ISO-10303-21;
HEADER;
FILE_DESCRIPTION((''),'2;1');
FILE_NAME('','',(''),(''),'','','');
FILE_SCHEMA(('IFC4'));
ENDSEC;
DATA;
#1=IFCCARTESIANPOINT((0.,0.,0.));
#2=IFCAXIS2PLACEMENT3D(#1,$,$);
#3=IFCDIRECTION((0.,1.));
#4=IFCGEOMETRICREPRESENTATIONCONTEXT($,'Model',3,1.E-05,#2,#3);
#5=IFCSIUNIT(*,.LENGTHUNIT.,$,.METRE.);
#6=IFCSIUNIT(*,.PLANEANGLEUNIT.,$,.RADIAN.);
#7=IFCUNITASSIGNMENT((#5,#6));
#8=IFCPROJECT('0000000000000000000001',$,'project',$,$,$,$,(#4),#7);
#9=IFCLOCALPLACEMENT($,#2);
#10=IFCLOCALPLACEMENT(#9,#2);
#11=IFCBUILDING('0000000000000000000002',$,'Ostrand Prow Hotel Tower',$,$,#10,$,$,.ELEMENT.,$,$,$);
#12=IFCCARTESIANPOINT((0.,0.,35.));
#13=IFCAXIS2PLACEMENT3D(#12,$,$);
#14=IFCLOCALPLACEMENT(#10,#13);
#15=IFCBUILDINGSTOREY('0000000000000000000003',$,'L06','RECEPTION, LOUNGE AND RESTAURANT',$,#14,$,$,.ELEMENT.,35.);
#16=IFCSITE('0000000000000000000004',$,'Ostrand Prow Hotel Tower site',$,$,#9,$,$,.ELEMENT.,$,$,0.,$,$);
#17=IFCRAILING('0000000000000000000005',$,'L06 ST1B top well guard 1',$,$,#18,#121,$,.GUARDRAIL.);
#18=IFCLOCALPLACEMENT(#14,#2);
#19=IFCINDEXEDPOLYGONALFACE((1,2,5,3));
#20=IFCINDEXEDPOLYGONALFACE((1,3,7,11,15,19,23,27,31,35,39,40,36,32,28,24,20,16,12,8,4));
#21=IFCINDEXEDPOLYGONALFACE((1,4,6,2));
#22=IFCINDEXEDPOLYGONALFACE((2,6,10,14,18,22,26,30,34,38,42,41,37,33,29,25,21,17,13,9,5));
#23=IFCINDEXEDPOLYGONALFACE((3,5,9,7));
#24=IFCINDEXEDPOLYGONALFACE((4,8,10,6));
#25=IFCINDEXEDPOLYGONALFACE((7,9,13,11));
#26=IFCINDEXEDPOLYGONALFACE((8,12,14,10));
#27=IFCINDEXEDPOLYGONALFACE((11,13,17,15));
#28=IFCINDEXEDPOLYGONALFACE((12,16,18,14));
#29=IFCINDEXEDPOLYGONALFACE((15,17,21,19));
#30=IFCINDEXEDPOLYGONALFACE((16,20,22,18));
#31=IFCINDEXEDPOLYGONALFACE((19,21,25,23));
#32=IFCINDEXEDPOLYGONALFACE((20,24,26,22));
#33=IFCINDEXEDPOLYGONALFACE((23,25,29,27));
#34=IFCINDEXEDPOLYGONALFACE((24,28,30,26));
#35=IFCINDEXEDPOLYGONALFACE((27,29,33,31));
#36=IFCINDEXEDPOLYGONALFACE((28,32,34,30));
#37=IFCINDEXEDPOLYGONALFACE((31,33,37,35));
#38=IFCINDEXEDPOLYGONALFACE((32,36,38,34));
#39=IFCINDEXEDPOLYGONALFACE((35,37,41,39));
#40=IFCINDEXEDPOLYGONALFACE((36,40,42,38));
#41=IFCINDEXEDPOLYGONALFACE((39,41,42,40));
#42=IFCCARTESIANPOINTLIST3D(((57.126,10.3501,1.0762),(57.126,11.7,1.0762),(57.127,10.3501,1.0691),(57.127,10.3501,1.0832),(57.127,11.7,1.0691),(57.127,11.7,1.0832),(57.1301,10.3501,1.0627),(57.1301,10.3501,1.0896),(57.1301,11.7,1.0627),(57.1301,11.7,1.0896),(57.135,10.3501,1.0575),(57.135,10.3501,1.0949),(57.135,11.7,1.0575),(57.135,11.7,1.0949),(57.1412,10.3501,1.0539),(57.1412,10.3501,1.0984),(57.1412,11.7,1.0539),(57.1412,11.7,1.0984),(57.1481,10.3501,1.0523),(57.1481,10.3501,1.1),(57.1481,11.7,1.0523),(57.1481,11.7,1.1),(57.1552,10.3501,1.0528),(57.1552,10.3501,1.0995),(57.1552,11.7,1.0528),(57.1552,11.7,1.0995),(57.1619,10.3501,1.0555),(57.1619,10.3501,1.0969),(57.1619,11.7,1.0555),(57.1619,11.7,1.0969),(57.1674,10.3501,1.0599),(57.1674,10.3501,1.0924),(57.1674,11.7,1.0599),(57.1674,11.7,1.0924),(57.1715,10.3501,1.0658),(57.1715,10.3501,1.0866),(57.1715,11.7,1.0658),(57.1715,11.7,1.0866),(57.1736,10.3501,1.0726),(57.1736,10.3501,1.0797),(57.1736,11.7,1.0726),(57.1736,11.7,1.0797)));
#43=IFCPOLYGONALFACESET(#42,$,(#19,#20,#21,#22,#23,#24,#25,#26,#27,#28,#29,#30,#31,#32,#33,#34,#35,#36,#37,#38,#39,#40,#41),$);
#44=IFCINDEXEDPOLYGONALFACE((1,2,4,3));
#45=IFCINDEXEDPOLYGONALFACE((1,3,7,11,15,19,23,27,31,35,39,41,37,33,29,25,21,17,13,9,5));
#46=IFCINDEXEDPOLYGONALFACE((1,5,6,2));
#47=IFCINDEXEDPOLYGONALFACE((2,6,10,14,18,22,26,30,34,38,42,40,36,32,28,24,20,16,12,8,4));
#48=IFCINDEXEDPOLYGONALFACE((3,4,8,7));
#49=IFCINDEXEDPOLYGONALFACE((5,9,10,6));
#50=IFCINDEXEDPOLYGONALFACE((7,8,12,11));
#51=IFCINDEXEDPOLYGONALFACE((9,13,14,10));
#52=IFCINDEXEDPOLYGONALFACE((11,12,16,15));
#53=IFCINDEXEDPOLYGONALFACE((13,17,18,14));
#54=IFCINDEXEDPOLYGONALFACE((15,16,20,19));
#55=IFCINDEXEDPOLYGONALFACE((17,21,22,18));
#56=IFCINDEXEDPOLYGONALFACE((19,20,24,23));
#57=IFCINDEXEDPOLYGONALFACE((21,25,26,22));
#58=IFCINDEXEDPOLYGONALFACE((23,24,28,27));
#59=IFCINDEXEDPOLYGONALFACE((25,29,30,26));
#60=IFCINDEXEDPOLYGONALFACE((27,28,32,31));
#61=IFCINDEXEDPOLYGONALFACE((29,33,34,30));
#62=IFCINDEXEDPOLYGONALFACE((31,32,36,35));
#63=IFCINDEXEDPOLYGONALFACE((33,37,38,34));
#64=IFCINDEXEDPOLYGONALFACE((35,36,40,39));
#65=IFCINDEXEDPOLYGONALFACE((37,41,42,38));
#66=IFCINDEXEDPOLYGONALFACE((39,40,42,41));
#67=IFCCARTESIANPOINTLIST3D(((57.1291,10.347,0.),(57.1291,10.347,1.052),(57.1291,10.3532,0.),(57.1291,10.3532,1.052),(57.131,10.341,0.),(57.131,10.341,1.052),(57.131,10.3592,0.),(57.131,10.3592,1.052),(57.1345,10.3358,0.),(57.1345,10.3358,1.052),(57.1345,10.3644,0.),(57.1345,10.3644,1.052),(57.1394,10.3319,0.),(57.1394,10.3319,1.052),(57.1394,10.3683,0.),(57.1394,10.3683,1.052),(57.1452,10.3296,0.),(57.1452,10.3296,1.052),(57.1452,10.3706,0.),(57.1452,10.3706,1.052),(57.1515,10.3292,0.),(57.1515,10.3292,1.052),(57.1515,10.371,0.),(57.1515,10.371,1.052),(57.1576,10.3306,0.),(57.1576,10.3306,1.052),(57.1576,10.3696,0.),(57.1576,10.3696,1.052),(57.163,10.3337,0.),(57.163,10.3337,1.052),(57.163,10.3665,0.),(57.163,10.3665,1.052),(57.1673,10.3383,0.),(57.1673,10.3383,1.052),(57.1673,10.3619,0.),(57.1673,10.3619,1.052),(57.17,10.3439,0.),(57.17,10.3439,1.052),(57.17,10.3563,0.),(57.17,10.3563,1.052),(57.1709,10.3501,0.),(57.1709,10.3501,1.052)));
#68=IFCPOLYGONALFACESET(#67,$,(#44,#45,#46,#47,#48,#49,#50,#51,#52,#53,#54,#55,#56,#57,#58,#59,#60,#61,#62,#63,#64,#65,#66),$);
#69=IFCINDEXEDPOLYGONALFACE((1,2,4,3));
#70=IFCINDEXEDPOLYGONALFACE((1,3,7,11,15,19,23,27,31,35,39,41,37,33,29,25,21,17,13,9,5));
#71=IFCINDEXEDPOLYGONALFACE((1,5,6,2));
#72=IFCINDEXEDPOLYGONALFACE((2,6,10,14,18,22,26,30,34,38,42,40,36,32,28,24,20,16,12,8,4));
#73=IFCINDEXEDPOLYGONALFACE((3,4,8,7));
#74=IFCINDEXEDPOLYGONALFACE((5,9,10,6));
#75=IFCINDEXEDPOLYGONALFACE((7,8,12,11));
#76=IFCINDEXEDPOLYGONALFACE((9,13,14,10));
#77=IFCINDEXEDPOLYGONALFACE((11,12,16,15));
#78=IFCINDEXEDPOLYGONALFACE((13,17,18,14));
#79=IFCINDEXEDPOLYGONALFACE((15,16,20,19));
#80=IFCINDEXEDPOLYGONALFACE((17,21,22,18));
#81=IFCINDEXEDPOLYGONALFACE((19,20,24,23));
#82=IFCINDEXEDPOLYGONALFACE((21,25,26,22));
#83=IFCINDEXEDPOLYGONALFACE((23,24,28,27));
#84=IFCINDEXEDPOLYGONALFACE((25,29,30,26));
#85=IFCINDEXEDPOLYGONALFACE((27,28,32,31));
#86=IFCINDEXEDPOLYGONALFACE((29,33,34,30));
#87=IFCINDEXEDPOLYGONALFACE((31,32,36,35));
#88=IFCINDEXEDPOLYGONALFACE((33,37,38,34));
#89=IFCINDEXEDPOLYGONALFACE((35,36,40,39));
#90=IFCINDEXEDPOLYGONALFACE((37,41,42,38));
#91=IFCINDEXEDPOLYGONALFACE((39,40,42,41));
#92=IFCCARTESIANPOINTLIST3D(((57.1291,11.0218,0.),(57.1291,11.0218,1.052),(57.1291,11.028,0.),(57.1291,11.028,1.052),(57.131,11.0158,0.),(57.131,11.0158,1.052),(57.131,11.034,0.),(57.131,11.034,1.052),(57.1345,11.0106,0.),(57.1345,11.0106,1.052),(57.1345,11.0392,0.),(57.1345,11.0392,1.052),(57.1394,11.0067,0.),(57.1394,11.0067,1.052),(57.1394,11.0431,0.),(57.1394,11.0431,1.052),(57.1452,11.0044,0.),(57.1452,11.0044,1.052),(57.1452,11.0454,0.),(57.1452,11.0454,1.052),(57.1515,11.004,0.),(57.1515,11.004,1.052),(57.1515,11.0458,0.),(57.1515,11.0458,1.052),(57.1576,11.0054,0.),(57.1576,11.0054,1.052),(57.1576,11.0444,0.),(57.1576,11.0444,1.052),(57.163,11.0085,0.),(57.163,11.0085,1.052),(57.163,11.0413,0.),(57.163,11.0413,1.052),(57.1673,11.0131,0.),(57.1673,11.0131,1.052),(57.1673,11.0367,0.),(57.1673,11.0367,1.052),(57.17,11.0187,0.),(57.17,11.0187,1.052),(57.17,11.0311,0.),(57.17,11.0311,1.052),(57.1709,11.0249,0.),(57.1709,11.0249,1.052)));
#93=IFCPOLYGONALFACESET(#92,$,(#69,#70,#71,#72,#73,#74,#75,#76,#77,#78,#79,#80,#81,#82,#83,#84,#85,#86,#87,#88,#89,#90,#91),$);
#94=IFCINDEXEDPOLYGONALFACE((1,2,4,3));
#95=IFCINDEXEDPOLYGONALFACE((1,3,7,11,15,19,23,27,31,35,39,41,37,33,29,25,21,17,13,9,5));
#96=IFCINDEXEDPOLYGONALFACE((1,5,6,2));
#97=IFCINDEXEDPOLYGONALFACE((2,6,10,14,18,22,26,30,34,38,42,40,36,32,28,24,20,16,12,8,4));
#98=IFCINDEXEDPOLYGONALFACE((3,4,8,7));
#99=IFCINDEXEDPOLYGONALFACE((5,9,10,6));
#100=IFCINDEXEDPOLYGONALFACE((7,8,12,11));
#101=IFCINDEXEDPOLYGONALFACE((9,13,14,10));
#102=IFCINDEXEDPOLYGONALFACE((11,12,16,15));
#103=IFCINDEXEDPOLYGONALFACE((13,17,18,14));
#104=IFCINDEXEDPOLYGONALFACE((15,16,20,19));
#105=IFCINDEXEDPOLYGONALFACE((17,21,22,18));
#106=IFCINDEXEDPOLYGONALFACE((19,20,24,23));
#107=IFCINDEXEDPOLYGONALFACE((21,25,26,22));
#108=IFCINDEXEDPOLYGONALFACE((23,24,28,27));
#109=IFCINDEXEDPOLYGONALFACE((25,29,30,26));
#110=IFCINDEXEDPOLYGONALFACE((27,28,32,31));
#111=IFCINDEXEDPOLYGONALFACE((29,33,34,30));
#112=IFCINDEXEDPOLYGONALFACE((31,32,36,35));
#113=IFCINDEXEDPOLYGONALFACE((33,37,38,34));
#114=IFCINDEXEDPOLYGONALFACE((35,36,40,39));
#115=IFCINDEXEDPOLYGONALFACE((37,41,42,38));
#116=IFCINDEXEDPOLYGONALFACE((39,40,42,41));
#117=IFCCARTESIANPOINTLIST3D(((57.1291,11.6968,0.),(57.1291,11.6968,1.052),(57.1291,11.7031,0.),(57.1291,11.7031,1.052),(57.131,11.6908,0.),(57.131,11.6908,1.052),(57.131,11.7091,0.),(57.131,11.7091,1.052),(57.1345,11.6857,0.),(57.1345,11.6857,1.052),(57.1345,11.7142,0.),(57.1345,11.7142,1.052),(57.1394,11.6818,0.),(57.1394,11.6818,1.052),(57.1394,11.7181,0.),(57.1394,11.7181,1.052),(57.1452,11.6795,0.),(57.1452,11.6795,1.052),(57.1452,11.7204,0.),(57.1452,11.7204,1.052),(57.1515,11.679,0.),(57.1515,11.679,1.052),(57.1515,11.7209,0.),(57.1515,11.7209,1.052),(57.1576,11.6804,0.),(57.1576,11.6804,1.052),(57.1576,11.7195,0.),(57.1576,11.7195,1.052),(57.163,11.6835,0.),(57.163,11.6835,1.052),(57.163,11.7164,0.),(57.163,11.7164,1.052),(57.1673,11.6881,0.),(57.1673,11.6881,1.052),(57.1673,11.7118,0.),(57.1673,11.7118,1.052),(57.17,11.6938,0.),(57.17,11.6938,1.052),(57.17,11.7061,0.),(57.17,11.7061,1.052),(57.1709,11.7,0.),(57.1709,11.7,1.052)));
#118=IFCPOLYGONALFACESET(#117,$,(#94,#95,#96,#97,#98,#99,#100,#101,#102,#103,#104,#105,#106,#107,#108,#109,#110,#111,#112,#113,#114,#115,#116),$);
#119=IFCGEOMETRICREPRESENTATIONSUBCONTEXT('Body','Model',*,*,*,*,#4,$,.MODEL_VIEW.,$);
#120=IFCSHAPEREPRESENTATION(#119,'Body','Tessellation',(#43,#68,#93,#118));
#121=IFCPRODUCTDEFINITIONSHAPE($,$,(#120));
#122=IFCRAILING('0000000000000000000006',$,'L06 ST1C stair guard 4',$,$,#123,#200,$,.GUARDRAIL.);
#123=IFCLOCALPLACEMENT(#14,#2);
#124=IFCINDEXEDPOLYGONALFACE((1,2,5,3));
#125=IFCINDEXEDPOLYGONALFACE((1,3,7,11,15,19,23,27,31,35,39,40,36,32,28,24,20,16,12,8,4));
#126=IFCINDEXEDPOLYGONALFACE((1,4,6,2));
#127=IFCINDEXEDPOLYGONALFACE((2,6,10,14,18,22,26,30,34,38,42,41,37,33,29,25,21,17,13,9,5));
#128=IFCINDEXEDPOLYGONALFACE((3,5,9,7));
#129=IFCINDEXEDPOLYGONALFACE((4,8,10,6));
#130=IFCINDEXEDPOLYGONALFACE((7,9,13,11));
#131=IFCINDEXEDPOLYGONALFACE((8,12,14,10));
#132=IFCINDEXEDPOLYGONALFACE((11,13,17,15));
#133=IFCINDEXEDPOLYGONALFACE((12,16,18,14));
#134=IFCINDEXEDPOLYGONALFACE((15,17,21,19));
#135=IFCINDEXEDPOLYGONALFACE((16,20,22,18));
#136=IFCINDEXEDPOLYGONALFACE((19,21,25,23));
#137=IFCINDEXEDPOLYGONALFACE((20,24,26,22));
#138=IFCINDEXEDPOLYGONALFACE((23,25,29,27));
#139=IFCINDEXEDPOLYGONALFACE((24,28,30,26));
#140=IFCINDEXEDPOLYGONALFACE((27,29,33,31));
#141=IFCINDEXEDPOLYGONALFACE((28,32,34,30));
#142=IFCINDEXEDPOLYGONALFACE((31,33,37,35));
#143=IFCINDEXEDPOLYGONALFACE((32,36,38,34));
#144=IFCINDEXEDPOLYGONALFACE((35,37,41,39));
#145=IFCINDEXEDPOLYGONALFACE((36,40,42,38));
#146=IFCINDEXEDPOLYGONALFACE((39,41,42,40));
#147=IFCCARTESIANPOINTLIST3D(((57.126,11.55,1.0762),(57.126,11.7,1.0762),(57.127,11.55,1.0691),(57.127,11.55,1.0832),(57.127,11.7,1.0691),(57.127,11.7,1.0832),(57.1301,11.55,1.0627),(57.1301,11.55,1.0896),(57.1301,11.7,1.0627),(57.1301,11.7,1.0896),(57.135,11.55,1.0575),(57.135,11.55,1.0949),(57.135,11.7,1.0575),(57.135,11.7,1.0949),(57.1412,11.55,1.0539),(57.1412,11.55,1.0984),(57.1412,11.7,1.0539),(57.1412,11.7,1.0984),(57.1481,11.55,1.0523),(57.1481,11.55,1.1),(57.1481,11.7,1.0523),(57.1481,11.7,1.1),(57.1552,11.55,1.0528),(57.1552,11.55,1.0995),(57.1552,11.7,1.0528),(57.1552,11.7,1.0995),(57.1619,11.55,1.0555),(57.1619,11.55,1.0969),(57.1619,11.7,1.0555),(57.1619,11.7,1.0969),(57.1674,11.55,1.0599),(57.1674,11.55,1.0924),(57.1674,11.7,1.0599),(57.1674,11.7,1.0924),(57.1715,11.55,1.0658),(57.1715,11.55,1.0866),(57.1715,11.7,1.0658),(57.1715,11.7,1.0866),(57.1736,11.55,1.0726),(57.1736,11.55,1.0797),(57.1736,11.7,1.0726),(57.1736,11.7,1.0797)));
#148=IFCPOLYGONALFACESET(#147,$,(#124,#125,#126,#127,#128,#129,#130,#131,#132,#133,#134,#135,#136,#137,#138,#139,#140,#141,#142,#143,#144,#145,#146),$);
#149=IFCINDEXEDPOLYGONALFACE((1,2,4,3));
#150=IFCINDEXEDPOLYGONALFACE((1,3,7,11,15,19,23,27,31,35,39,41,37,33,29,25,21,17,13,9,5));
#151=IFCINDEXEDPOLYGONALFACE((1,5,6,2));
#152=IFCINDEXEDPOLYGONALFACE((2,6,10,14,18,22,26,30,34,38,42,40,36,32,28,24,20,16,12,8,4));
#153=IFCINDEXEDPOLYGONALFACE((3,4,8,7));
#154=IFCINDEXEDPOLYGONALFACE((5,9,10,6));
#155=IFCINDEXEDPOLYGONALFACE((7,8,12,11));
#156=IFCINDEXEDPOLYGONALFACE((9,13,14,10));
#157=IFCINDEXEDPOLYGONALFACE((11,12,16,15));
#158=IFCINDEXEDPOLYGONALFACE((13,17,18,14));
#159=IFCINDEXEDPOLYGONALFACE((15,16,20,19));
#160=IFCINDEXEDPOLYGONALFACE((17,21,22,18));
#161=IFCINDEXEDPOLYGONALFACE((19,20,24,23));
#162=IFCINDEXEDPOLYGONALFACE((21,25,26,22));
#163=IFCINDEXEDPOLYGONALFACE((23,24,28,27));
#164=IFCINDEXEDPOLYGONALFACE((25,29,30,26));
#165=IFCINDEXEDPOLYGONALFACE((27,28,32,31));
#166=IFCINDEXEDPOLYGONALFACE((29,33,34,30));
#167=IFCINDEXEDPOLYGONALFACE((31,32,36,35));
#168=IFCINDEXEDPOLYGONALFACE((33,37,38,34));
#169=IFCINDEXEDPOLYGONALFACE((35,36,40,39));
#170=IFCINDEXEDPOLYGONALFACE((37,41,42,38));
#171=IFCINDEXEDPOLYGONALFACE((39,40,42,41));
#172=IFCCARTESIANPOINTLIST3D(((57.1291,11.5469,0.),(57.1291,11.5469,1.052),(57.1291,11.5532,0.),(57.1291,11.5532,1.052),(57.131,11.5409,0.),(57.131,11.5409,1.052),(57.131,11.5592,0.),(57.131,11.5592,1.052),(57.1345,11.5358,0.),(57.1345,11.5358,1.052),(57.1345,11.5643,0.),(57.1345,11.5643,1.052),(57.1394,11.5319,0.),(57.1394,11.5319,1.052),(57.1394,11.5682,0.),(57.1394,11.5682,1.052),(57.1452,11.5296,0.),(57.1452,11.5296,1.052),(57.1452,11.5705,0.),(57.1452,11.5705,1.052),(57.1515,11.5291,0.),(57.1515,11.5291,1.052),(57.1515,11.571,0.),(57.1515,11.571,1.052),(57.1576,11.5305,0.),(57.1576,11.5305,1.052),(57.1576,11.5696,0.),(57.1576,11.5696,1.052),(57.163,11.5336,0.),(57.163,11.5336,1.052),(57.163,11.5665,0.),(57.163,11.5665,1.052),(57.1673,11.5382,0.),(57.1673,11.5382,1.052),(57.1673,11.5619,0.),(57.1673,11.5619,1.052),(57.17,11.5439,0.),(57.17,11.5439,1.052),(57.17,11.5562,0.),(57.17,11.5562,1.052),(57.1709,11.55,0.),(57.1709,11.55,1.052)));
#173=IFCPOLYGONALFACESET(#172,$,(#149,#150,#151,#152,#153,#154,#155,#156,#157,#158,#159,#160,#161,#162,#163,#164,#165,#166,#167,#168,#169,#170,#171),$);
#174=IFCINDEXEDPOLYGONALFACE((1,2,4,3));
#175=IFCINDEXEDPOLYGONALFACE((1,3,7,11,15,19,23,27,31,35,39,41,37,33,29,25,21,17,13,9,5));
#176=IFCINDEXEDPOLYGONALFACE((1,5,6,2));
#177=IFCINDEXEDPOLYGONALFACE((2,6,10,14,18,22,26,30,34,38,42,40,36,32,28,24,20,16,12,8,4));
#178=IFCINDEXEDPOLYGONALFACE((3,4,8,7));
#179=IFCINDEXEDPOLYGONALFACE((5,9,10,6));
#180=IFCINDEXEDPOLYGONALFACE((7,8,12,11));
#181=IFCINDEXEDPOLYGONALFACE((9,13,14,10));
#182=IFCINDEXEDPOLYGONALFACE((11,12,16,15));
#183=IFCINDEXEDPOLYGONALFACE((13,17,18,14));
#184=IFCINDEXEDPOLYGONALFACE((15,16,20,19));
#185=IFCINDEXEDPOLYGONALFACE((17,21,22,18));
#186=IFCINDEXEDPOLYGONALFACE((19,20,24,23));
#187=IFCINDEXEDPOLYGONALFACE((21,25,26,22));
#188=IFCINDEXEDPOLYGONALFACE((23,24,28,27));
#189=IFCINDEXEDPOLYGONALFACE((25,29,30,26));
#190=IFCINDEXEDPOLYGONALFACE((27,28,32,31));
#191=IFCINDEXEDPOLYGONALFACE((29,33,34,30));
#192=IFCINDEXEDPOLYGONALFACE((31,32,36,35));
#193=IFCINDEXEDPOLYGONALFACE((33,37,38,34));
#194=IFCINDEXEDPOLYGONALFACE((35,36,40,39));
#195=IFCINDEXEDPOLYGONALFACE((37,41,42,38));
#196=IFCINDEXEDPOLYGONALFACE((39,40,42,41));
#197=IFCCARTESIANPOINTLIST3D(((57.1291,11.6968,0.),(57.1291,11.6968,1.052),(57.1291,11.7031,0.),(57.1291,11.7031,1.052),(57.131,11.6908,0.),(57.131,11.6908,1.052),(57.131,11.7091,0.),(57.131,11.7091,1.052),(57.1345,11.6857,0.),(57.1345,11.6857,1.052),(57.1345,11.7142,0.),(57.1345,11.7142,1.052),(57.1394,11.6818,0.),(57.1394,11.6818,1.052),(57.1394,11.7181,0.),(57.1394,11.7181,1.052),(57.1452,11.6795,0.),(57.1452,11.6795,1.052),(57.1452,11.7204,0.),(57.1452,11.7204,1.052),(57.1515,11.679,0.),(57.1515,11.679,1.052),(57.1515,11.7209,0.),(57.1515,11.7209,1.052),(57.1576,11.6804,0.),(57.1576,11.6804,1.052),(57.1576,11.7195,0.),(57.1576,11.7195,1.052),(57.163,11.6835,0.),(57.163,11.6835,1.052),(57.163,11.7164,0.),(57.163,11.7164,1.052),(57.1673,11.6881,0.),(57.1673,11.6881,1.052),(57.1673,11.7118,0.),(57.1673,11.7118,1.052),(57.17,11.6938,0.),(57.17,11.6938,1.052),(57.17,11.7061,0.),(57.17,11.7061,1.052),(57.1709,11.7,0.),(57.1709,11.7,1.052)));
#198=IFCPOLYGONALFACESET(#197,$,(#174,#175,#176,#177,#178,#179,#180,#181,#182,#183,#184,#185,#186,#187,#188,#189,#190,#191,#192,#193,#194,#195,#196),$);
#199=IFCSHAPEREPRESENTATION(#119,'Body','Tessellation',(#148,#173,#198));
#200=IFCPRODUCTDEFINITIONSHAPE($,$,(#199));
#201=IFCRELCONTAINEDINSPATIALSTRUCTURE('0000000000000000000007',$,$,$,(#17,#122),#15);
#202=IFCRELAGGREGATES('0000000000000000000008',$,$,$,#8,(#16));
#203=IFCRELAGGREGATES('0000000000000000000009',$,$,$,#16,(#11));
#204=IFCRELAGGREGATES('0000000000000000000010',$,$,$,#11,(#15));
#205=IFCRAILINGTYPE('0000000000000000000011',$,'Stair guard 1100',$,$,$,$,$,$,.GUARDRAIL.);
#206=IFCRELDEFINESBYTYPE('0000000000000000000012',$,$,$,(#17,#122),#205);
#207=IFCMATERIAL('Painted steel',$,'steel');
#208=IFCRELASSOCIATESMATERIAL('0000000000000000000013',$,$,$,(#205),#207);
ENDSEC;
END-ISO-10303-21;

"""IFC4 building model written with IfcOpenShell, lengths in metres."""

from ifc_helpers import new_model, si_unit, direction, frame, origin, origin_2d, place, context, subcontext, project, spatial, circle, extrude, material, type_object, element, save


model = new_model("IFC4")

# Units and contexts
model_context = context("Model", 3, precision=1e-05, world=origin(), true_north=direction((0.0, 1.0)))
body_context = subcontext(model_context, "Body", "Model", "MODEL_VIEW")
ifc_project = project(units=[si_unit("LENGTHUNIT", "METRE"), si_unit("PLANEANGLEUNIT", "RADIAN")], contexts=[model_context])

# Site, building, storey
site_placement = place(None, origin())
site = spatial("IfcSite", under=ifc_project, at=site_placement, Name="Ostrand Prow Hotel Tower site", CompositionType="ELEMENT", RefElevation=0.0)
building_placement = place(site_placement, origin())
building = spatial("IfcBuilding", under=site, at=building_placement, Name="Ostrand Prow Hotel Tower", CompositionType="ELEMENT")
storey_placement = place(building_placement, frame((0.0, 0.0, 35.0)))
storey = spatial("IfcBuildingStorey", under=building, at=storey_placement, Name="L06", Description="RECEPTION, LOUNGE AND RESTAURANT", CompositionType="ELEMENT", Elevation=35.0)

# Railings
ifc_material_1 = material(Name="Painted steel", Category="steel")
railing_type_1 = type_object("IfcRailingType", Name="Stair guard 1100", PredefinedType="GUARDRAIL", material=ifc_material_1)
railing_1_placement = place(storey_placement, frame((57.1499, 10.3501, 0.0)))
element("IfcRailing", 1, at=railing_1_placement, inside=storey, type_object=railing_type_1, Name="L06 ST1B top well guard 1", PredefinedType="GUARDRAIL", context=body_context, shape_type="SweptSolid", body=[
    extrude(circle(Radius=0.0239, at=origin_2d()), frame((0.0, 0.0, 1.0762), z_axis=(0.0, 1.0, 0.0), x_axis=(-1.0, 0.0, 0.0)), (0.0, 0.0, 1.0), 1.3499),
    extrude(circle(Radius=0.021, at=origin_2d()), origin(), (0.0, 0.0, 1.0), 1.052),
    extrude(circle(Radius=0.021, at=origin_2d()), frame((0.0, 0.6748, 0.0)), (0.0, 0.0, 1.0), 1.052),
    extrude(circle(Radius=0.021, at=origin_2d()), frame((0.0, 1.3499, 0.0)), (0.0, 0.0, 1.0), 1.052),
])
railing_2_placement = place(storey_placement, frame((57.1499, 11.55, 0.0)))
element("IfcRailing", 2, at=railing_2_placement, inside=storey, type_object=railing_type_1, Name="L06 ST1C stair guard 4", PredefinedType="GUARDRAIL", context=body_context, shape_type="SweptSolid", body=[
    extrude(circle(Radius=0.0239, at=origin_2d()), frame((0.0, 0.0, 1.0762), z_axis=(0.0, 1.0, 0.0), x_axis=(-1.0, 0.0, 0.0)), (0.0, 0.0, 1.0), 0.1499),
    extrude(circle(Radius=0.021, at=origin_2d()), origin(), (0.0, 0.0, 1.0), 1.052),
    extrude(circle(Radius=0.021, at=origin_2d()), frame((0.0, 0.1499, 0.0)), (0.0, 0.0, 1.0), 1.052),
])

save(model, "model.ifc")
